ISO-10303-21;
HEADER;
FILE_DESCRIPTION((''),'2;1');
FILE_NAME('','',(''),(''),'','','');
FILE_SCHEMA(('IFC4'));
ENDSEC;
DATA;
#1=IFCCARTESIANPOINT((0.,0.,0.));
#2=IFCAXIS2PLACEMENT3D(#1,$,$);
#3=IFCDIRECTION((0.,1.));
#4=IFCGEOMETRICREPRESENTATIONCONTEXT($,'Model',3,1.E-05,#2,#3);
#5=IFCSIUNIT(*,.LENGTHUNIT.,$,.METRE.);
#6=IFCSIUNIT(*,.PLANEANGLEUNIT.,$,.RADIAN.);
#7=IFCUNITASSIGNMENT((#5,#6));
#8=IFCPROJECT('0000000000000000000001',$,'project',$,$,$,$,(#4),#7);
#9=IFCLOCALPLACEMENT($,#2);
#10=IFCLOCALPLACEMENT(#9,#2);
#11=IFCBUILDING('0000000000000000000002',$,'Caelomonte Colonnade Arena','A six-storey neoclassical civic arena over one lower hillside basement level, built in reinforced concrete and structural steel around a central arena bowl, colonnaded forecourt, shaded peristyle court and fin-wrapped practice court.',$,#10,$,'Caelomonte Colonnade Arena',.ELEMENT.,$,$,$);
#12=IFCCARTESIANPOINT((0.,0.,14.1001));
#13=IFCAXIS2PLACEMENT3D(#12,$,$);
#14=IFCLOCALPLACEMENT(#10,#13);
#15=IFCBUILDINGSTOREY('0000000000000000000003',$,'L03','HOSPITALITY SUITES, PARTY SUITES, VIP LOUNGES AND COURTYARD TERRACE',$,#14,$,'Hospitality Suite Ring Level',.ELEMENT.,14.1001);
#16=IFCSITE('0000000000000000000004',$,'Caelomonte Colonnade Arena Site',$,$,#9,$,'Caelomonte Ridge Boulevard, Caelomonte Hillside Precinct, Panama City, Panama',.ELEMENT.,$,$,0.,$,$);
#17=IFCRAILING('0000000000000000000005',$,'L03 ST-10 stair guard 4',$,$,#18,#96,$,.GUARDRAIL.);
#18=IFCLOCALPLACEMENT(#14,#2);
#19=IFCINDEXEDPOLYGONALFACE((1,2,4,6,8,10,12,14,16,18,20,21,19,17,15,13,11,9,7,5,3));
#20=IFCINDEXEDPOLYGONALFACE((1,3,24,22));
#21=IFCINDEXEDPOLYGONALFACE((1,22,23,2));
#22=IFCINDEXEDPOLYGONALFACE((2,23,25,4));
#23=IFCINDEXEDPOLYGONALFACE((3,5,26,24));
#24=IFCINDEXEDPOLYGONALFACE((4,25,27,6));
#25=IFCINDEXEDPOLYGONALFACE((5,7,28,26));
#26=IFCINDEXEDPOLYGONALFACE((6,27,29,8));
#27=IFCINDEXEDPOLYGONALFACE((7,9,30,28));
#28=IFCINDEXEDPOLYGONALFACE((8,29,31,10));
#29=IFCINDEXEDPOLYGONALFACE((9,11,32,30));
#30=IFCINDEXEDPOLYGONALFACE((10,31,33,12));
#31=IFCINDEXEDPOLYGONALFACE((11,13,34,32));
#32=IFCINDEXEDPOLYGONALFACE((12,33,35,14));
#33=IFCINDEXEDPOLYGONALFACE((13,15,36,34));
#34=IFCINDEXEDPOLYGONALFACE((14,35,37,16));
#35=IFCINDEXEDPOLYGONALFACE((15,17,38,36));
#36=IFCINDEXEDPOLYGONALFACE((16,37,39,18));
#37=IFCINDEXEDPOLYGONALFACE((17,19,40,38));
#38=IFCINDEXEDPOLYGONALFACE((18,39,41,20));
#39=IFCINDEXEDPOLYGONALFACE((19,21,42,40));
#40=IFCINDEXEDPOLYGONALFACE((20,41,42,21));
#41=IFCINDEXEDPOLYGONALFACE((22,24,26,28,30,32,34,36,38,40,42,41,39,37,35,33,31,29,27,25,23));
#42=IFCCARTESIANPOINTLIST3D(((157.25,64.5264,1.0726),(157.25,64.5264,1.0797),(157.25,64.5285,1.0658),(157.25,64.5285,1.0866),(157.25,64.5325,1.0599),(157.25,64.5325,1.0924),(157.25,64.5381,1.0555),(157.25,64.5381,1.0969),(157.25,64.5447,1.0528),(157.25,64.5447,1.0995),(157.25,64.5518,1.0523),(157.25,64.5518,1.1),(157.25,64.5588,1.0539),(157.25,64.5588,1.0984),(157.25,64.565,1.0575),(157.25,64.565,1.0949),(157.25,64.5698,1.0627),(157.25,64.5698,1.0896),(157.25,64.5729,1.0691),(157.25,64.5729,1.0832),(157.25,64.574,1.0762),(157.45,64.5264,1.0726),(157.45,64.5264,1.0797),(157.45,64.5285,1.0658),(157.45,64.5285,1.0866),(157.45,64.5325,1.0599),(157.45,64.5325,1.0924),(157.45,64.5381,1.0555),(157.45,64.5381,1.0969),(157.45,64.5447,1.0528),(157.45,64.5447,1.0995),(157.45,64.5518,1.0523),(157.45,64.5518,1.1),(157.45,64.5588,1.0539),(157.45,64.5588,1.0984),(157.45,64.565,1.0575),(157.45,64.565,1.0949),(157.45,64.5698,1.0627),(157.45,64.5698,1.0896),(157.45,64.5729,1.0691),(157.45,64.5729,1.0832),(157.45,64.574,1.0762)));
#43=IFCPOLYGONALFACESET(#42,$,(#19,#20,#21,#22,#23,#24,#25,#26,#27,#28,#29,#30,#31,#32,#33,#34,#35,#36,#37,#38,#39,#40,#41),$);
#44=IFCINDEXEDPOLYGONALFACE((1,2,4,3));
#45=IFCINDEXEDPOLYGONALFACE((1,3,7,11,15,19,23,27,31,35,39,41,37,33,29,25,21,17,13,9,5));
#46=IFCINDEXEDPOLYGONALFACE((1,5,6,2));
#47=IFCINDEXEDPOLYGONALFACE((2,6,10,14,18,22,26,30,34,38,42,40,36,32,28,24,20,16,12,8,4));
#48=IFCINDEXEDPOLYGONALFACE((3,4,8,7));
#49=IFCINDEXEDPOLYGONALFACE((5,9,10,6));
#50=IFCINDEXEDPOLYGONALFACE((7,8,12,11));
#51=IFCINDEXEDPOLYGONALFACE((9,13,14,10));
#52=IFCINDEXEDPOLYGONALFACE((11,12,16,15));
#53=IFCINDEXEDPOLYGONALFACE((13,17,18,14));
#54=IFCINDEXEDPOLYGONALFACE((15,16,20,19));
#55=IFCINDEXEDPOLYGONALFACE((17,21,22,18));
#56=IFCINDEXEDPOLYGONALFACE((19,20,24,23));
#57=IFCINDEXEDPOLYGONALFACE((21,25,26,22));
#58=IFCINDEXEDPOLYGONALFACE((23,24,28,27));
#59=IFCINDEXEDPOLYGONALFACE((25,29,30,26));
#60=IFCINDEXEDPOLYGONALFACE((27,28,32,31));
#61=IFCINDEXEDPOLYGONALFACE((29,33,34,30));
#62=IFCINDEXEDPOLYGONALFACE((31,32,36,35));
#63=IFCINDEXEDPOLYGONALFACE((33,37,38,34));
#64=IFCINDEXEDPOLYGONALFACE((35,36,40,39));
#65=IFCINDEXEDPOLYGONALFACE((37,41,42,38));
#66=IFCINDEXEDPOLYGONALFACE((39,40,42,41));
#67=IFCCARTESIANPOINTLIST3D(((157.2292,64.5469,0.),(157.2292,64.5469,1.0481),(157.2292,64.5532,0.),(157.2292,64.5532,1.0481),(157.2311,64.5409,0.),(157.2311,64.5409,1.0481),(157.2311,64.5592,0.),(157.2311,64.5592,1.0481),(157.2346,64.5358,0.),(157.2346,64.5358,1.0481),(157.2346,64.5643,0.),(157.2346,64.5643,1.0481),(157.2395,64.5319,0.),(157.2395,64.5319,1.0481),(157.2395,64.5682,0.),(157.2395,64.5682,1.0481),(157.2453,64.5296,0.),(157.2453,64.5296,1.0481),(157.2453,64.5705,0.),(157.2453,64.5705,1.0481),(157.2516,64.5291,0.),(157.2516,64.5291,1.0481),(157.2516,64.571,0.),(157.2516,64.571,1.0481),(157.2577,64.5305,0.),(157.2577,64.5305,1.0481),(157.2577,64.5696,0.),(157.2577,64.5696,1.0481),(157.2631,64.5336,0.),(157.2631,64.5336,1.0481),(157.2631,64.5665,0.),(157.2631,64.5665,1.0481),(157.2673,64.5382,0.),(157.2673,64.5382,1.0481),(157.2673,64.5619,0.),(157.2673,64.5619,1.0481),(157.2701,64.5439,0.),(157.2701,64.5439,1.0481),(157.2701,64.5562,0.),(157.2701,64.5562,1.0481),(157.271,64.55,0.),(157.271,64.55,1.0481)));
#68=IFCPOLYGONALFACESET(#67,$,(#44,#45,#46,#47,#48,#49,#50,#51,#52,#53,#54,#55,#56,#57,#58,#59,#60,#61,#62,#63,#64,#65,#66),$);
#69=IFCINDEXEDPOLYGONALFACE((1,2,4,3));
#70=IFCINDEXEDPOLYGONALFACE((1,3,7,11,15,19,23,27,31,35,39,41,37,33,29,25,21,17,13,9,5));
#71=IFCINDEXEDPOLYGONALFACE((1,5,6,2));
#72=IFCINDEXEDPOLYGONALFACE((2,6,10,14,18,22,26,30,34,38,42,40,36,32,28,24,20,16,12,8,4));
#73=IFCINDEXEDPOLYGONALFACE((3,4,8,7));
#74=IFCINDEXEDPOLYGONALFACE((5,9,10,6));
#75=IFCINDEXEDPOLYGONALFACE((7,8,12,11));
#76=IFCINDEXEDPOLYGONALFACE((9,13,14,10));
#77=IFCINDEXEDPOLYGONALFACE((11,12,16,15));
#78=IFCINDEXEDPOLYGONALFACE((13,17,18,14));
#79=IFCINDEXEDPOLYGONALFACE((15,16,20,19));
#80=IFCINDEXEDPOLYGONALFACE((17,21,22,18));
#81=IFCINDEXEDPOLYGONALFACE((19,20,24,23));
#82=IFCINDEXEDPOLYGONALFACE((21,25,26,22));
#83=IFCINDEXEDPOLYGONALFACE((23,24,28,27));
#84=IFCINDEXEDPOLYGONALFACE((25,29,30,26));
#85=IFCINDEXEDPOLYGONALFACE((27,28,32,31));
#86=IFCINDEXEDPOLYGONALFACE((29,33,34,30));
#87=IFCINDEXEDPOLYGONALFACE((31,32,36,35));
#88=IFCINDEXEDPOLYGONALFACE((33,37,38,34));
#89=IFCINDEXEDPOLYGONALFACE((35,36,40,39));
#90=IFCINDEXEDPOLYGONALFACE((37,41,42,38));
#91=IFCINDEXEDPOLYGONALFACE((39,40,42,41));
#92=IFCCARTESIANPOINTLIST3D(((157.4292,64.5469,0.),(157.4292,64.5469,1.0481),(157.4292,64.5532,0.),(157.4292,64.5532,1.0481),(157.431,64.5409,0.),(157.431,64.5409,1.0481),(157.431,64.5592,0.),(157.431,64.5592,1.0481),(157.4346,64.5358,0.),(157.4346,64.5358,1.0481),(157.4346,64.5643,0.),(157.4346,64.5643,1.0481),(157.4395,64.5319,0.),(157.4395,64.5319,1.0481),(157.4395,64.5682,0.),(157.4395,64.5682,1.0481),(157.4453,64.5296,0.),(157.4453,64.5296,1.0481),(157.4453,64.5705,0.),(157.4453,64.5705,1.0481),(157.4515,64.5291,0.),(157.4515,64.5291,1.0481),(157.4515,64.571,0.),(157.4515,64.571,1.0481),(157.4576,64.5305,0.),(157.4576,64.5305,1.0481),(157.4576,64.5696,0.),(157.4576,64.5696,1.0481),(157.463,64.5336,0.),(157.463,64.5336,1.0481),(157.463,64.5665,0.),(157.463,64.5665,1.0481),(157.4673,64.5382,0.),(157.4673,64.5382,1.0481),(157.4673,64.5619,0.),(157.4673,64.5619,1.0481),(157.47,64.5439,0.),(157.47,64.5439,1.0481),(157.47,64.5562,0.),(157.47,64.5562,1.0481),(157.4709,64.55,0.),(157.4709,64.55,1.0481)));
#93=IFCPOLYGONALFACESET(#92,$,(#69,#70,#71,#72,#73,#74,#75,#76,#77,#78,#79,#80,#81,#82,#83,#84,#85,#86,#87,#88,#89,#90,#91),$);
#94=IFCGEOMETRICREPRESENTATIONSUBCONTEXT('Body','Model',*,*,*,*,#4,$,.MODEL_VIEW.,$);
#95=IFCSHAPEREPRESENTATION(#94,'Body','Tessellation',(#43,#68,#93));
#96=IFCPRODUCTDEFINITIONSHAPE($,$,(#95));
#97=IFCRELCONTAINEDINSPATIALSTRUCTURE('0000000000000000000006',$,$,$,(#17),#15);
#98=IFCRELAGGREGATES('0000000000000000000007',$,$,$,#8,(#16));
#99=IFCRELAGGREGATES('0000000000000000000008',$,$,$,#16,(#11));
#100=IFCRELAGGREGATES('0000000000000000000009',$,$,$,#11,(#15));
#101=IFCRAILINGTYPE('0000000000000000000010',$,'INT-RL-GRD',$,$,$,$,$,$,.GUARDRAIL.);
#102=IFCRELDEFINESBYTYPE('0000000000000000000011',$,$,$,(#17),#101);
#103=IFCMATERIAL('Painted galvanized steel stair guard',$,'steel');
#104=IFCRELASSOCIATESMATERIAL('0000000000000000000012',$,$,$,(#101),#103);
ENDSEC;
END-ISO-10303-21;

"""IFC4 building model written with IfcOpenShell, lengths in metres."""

from ifc_helpers import new_model, si_unit, direction, frame, origin, origin_2d, place, context, subcontext, project, spatial, circle, extrude, material, type_object, element, save


model = new_model("IFC4")

# Units and contexts
model_context = context("Model", 3, precision=1e-05, world=origin(), true_north=direction((0.0, 1.0)))
body_context = subcontext(model_context, "Body", "Model", "MODEL_VIEW")
ifc_project = project(units=[si_unit("LENGTHUNIT", "METRE"), si_unit("PLANEANGLEUNIT", "RADIAN")], contexts=[model_context])

# Site, building, storey
site_placement = place(None, origin())
site = spatial("IfcSite", under=ifc_project, at=site_placement, Name="Caelomonte Colonnade Arena Site", LongName="Caelomonte Ridge Boulevard, Caelomonte Hillside Precinct, Panama City, Panama", CompositionType="ELEMENT", RefElevation=0.0)
building_placement = place(site_placement, origin())
building = spatial("IfcBuilding", under=site, at=building_placement, Name="Caelomonte Colonnade Arena", Description="A six-storey neoclassical civic arena over one lower hillside basement level, built in reinforced concrete and structural steel around a central arena bowl, colonnaded forecourt, shaded peristyle court and fin-wrapped practice court.", LongName="Caelomonte Colonnade Arena", CompositionType="ELEMENT")
storey_placement = place(building_placement, frame((0.0, 0.0, 14.1001)))
storey = spatial("IfcBuildingStorey", under=building, at=storey_placement, Name="L03", Description="HOSPITALITY SUITES, PARTY SUITES, VIP LOUNGES AND COURTYARD TERRACE", LongName="Hospitality Suite Ring Level", CompositionType="ELEMENT", Elevation=14.1001)

# Railing
ifc_material_1 = material(Name="Painted galvanized steel stair guard", Category="steel")
railing_type_1 = type_object("IfcRailingType", Name="INT-RL-GRD", PredefinedType="GUARDRAIL", material=ifc_material_1)
railing_1_placement = place(storey_placement, frame((157.25, 64.55, 0.0)))
element("IfcRailing", 1, at=railing_1_placement, inside=storey, type_object=railing_type_1, Name="L03 ST-10 stair guard 4", PredefinedType="GUARDRAIL", context=body_context, shape_type="SweptSolid", body=[
    extrude(circle(Radius=0.0239, at=origin_2d()), frame((0.0, 0.0, 1.0762), z_axis=(1.0, 0.0, 0.0), x_axis=(0.0, 1.0, 0.0)), (0.0, 0.0, 1.0), 0.2),
    extrude(circle(Radius=0.021, at=origin_2d()), origin(), (0.0, 0.0, 1.0), 1.0481),
    extrude(circle(Radius=0.021, at=origin_2d()), frame((0.2, 0.0, 0.0)), (0.0, 0.0, 1.0), 1.0481),
])

save(model, "model.ifc")
